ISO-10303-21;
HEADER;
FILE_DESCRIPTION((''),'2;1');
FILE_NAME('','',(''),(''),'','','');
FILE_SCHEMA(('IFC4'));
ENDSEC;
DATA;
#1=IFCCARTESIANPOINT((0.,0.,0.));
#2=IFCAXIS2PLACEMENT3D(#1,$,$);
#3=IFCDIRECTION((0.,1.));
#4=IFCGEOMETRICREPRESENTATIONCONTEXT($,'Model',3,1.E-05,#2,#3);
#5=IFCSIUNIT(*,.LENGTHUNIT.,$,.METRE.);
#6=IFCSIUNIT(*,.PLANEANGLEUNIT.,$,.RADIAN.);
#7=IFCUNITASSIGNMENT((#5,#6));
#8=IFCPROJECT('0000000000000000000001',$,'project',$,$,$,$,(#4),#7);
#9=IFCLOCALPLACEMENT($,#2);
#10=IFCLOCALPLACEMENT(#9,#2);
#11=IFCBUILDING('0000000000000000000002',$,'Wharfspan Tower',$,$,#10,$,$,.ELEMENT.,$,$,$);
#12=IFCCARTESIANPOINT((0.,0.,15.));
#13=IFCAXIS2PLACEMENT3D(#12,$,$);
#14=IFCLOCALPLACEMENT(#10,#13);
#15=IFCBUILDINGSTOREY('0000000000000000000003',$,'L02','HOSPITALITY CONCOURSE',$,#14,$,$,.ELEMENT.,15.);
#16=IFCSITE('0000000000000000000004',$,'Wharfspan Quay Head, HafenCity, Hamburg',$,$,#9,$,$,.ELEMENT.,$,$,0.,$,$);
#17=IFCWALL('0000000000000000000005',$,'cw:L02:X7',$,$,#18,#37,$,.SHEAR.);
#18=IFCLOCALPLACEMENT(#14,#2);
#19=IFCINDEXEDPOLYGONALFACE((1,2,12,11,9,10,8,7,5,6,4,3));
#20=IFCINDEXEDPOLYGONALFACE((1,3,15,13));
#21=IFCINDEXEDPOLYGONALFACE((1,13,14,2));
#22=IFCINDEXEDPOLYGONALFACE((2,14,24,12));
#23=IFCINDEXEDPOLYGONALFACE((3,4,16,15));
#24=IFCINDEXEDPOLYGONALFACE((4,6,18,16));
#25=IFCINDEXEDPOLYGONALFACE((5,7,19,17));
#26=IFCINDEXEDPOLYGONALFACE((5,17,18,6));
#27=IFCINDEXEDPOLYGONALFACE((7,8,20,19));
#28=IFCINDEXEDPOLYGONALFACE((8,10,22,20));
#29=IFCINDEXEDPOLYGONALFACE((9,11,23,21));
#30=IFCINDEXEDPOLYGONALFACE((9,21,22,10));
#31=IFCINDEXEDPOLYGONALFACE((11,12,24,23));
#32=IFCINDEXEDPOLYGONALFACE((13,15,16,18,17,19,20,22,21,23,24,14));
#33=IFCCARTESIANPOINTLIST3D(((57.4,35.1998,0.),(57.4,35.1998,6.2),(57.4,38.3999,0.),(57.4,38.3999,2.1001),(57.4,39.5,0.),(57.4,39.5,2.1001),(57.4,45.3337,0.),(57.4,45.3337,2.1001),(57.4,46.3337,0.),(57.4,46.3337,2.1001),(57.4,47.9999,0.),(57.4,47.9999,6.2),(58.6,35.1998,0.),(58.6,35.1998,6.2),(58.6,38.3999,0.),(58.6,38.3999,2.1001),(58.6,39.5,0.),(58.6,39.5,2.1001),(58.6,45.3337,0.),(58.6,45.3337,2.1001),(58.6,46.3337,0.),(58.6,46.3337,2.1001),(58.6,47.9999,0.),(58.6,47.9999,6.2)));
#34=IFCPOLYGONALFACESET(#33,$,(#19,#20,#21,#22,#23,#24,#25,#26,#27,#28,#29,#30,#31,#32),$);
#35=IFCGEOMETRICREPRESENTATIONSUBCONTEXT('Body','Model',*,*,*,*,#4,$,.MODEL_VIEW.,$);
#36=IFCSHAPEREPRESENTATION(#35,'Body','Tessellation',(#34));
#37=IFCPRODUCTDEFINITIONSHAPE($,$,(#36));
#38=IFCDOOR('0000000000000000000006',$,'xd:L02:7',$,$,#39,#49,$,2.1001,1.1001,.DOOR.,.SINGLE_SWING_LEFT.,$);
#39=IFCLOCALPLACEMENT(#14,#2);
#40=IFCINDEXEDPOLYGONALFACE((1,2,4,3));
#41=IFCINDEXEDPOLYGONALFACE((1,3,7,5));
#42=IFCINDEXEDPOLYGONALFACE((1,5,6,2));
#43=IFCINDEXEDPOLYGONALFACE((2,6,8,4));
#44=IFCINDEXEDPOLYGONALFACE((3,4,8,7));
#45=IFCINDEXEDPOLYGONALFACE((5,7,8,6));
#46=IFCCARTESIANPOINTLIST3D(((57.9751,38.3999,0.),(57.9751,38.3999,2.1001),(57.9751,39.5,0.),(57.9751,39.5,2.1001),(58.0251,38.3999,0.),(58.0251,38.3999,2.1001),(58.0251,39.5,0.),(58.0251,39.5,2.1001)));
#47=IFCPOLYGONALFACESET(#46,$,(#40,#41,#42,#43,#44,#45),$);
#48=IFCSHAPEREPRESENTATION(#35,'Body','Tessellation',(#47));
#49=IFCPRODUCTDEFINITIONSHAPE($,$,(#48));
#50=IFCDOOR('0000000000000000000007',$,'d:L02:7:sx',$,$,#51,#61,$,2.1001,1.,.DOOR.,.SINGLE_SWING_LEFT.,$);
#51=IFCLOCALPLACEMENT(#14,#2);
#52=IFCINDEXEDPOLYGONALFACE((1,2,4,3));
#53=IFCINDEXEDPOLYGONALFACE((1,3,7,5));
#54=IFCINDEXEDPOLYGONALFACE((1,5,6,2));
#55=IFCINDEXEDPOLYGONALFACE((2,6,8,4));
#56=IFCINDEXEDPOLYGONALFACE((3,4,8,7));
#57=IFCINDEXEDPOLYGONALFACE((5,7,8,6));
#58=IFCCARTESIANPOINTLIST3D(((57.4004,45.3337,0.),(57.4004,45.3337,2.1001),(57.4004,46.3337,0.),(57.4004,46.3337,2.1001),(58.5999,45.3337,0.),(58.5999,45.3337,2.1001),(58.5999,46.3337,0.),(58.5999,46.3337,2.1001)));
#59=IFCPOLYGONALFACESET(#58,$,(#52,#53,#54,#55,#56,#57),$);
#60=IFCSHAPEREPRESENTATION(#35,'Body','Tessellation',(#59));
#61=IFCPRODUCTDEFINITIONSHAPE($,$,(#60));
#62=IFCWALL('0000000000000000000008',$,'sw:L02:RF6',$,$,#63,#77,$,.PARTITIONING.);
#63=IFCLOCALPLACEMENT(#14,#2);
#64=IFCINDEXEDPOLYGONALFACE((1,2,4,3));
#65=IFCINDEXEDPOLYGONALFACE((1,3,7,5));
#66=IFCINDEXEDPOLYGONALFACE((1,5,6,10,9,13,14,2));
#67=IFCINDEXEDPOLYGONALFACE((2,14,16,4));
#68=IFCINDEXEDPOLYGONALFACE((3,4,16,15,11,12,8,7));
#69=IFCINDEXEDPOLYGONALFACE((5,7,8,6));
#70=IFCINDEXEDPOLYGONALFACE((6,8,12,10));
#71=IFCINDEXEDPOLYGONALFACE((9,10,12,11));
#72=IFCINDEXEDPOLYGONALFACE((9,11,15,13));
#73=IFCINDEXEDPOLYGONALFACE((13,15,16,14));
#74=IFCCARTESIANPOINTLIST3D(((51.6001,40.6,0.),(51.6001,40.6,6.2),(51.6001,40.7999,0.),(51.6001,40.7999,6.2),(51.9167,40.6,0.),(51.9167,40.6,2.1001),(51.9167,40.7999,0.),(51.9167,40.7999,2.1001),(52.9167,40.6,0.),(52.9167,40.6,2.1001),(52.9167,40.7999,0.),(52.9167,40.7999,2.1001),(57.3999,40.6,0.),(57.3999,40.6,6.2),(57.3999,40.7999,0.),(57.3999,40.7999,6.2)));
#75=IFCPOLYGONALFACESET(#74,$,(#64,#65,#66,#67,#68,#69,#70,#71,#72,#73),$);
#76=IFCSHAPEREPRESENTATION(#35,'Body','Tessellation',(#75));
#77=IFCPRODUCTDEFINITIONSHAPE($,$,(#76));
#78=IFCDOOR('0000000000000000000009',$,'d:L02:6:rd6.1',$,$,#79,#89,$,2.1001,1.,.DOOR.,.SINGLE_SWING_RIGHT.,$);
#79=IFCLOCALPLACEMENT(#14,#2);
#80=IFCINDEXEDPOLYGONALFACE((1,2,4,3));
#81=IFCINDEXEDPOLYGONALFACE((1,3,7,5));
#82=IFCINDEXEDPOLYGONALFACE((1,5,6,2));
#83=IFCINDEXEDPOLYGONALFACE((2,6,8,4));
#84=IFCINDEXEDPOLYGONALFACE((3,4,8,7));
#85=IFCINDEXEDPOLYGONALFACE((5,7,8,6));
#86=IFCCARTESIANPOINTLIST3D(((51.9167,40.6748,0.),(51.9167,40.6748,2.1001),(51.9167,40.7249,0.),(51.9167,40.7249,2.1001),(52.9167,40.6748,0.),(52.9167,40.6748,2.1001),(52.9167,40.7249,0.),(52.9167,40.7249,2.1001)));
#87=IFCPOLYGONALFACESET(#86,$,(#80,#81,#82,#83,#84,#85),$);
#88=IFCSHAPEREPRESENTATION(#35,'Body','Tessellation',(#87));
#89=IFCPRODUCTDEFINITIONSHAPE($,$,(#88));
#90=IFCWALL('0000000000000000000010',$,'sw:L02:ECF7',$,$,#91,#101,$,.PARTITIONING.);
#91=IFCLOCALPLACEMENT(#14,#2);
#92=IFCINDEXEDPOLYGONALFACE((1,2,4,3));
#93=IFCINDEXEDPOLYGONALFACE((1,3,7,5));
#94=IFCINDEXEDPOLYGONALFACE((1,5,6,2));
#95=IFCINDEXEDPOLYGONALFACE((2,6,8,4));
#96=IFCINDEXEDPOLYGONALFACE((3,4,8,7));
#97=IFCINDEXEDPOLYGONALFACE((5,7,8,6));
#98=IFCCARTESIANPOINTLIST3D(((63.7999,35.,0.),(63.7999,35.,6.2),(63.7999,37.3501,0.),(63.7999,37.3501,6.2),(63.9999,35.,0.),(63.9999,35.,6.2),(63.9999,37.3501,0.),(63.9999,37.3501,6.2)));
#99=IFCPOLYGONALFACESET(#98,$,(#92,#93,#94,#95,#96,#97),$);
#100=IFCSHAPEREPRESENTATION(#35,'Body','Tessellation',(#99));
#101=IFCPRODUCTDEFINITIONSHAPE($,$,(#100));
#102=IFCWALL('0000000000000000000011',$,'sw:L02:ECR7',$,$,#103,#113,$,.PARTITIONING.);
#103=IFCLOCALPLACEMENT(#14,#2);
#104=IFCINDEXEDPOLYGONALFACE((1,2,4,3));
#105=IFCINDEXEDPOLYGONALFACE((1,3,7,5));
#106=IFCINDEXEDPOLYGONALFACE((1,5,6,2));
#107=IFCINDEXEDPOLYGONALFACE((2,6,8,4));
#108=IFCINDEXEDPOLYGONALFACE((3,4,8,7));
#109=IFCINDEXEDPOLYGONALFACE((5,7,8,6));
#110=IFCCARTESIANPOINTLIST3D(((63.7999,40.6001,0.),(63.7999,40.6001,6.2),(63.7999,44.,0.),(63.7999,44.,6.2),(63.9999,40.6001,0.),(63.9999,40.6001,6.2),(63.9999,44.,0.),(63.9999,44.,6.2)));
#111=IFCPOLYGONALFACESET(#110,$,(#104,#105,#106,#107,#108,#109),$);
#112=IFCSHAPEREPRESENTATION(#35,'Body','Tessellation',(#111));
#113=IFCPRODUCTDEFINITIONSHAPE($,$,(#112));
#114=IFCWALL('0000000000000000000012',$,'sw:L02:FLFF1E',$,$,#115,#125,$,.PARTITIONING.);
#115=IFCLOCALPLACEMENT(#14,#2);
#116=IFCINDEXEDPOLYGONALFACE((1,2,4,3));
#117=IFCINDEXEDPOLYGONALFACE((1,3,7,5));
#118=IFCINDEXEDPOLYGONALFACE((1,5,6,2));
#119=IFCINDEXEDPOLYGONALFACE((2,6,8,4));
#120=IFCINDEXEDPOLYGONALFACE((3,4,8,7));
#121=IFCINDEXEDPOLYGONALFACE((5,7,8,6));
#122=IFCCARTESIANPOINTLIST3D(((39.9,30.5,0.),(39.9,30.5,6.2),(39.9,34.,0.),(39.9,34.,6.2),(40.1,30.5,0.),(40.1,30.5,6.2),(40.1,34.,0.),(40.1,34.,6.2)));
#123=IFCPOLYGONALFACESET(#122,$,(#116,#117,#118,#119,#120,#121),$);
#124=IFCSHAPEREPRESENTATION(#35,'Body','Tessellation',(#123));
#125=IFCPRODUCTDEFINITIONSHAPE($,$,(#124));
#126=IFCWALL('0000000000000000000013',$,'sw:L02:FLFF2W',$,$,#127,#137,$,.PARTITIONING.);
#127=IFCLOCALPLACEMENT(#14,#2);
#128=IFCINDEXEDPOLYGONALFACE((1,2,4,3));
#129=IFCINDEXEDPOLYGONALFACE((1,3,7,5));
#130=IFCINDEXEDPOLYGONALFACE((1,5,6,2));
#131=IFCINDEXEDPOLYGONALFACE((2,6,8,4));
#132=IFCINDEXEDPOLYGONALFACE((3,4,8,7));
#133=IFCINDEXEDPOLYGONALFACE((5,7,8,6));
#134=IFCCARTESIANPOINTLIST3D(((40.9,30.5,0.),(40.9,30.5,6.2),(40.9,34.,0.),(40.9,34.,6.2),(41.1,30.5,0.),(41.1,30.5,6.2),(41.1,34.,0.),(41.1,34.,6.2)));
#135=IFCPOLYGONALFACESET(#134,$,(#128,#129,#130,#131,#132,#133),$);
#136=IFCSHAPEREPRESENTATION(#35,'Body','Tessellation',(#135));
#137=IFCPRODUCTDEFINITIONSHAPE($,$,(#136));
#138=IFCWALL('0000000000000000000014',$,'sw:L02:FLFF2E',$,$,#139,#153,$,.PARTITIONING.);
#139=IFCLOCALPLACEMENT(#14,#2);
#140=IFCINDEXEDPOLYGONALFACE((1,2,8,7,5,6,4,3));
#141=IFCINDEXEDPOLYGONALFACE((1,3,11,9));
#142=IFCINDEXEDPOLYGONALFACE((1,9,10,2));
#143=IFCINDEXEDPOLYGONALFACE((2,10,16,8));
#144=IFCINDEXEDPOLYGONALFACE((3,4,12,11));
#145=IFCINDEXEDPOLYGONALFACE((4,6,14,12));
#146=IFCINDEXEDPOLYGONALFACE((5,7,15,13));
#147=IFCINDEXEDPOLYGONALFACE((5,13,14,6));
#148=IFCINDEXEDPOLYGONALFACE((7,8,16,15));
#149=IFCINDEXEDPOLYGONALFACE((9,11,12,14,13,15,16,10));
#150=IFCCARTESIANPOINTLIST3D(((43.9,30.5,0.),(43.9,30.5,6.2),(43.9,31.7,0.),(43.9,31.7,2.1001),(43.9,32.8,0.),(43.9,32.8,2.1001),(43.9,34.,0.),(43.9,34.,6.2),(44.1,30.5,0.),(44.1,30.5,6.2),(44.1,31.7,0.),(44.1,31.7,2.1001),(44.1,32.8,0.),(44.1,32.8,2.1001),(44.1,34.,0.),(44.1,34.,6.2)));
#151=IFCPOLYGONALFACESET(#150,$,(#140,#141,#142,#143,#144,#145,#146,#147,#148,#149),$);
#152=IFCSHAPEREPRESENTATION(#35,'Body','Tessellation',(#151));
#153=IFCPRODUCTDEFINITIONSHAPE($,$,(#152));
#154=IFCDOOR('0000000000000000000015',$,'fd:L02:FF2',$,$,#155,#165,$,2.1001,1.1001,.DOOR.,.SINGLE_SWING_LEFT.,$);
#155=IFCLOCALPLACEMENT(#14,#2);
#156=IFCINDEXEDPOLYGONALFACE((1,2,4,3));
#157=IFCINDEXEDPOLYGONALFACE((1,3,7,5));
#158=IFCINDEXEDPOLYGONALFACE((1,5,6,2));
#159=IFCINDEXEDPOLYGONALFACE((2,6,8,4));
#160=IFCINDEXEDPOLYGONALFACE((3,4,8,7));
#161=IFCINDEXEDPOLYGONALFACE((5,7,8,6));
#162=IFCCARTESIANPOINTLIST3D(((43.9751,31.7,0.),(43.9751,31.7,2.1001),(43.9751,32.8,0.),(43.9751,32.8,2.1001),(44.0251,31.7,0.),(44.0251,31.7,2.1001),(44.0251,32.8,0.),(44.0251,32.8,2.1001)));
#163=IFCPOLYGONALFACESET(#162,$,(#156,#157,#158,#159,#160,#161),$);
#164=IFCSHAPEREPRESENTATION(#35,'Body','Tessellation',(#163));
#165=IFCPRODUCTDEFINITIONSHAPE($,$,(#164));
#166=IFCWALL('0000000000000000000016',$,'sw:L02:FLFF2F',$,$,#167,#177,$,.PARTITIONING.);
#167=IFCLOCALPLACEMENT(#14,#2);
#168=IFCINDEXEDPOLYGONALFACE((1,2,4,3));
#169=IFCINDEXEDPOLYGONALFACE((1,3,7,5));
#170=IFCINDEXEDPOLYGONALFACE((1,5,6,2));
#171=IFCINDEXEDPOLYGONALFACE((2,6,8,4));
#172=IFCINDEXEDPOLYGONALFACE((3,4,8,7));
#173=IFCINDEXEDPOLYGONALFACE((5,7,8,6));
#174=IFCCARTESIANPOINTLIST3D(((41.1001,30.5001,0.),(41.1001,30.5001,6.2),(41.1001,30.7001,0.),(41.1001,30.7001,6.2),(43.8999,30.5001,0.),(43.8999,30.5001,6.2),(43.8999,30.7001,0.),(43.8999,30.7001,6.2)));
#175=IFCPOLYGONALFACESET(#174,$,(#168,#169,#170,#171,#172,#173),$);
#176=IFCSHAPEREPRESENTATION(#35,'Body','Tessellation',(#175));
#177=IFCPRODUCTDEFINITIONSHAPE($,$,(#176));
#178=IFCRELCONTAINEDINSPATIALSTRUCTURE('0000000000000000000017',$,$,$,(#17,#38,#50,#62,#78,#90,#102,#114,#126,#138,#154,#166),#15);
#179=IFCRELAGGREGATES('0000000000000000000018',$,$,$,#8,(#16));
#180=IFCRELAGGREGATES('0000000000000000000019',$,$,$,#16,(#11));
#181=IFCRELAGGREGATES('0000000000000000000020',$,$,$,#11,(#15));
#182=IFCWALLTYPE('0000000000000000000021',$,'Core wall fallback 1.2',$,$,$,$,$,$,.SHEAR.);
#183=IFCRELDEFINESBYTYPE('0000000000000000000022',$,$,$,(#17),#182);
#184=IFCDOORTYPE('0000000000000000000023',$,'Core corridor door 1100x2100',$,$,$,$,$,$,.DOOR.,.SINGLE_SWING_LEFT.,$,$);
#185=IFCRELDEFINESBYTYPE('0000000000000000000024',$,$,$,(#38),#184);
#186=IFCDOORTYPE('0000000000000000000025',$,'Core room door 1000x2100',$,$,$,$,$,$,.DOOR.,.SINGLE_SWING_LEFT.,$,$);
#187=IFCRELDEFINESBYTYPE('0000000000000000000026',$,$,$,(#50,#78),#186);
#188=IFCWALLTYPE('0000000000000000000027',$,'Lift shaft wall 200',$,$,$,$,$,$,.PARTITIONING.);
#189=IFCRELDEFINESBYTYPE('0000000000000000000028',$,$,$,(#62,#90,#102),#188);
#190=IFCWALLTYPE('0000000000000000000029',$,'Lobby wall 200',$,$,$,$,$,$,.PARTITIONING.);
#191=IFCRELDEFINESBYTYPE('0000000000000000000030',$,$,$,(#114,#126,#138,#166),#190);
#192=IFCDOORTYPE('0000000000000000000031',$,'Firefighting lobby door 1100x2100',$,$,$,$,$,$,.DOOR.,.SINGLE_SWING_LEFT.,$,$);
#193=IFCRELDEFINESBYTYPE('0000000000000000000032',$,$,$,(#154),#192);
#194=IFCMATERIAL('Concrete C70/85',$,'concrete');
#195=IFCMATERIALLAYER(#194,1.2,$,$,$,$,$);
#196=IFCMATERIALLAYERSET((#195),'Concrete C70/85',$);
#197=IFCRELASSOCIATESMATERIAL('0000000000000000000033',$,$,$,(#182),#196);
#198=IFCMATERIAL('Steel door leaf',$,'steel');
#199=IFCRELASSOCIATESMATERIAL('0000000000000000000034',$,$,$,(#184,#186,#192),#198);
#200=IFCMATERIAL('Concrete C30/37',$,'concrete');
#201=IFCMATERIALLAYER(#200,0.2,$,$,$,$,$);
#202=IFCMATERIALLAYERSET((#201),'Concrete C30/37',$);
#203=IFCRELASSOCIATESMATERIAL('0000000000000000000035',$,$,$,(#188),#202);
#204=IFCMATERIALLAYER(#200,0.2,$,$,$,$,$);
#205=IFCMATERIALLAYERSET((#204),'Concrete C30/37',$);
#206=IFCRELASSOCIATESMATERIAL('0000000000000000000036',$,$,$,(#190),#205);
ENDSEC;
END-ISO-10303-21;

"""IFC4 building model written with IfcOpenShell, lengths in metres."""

from ifc_helpers import new_model, si_unit, direction, frame, frame_2d, origin, place, context, subcontext, project, spatial, rectangle, extrude, material, layer, layer_set, type_object, element, fill, save


model = new_model("IFC4")

# Units and contexts
model_context = context("Model", 3, precision=1e-05, world=origin(), true_north=direction((0.0, 1.0)))
body_context = subcontext(model_context, "Body", "Model", "MODEL_VIEW")
ifc_project = project(units=[si_unit("LENGTHUNIT", "METRE"), si_unit("PLANEANGLEUNIT", "RADIAN")], contexts=[model_context])

# Site, building, storey
site_placement = place(None, origin())
site = spatial("IfcSite", under=ifc_project, at=site_placement, Name="Wharfspan Quay Head, HafenCity, Hamburg", CompositionType="ELEMENT", RefElevation=0.0)
building_placement = place(site_placement, origin())
building = spatial("IfcBuilding", under=site, at=building_placement, Name="Wharfspan Tower", CompositionType="ELEMENT")
storey_placement = place(building_placement, frame((0.0, 0.0, 15.0)))
storey = spatial("IfcBuildingStorey", under=building, at=storey_placement, Name="L02", Description="HOSPITALITY CONCOURSE", CompositionType="ELEMENT", Elevation=15.0)

# Shared definitions
ifc_material_1 = material(Name="Concrete C70/85", Category="concrete")
ifc_layer_1 = layer(ifc_material_1, 1.2)
ifc_layer_set_1 = layer_set([ifc_layer_1], Name="Concrete C70/85")
wall_type_1 = type_object("IfcWallType", Name="Core wall fallback 1.2", PredefinedType="SHEAR", material=ifc_layer_set_1)
ifc_material_2 = material(Name="Steel door leaf", Category="steel")
door_type_1 = type_object("IfcDoorType", Name="Core corridor door 1100x2100", OperationType="SINGLE_SWING_LEFT", PredefinedType="DOOR", material=ifc_material_2)
door_type_2 = type_object("IfcDoorType", Name="Core room door 1000x2100", OperationType="SINGLE_SWING_LEFT", PredefinedType="DOOR", material=ifc_material_2)

# Wall, openings, doors
wall_1_placement = place(storey_placement, frame((58.0, 35.2, 0.0), z_axis=(0.0, 0.0, 1.0), x_axis=(0.0, 1.0, 0.0)))
wall_1 = element("IfcWall", 1, at=wall_1_placement, inside=storey, type_object=wall_type_1, Name="cw:L02:X7", PredefinedType="SHEAR", context=body_context, shape_type="SweptSolid", body=[
    extrude(rectangle(XDim=12.8, YDim=1.2, at=frame_2d((6.3999, 0.0))), origin(), (0.0, 0.0, 1.0), 6.2),
])
opening_1_placement = place(wall_1_placement, frame((10.1338, 0.0, 0.0)))
opening_1 = element("IfcOpeningElement", 2, at=opening_1_placement, cuts=wall_1, PredefinedType="OPENING", context=body_context, shape_type="SweptSolid", body=[
    extrude(rectangle(XDim=1.0, YDim=2.1001, at=frame_2d((0.5, 1.05))), frame((0.0, 0.6099, 0.0), z_axis=(0.0, -1.0, 0.0), x_axis=(1.0, 0.0, 0.0)), (0.0, 0.0, 1.0), 1.22),
])
opening_2_placement = place(wall_1_placement, frame((3.2, 0.0, 0.0)))
opening_2 = element("IfcOpeningElement", 3, at=opening_2_placement, cuts=wall_1, PredefinedType="OPENING", context=body_context, shape_type="SweptSolid", body=[
    extrude(rectangle(XDim=1.1001, YDim=2.1001, at=frame_2d((0.55, 1.05))), frame((0.0, 0.6099, 0.0), z_axis=(0.0, -1.0, 0.0), x_axis=(1.0, 0.0, 0.0)), (0.0, 0.0, 1.0), 1.22),
])
door_1_placement = place(opening_2_placement, origin())
door_1 = element("IfcDoor", 4, at=door_1_placement, inside=storey, type_object=door_type_1, Name="xd:L02:7", OperationType="SINGLE_SWING_LEFT", OverallHeight=2.1001, OverallWidth=1.1001, PredefinedType="DOOR", context=body_context, shape_type="SweptSolid", body=[
    extrude(rectangle(XDim=1.1001, YDim=2.1001, at=frame_2d((0.55, 1.05))), frame((0.0, 0.0249, 0.0), z_axis=(0.0, -1.0, 0.0), x_axis=(1.0, 0.0, 0.0)), (0.0, 0.0, 1.0), 0.05),
])
fill(opening_2, door_1)
door_2_placement = place(opening_1_placement, origin())
door_2 = element("IfcDoor", 5, at=door_2_placement, inside=storey, type_object=door_type_2, Name="d:L02:7:sx", OperationType="SINGLE_SWING_LEFT", OverallHeight=2.1001, OverallWidth=1.0, PredefinedType="DOOR", context=body_context, shape_type="SweptSolid", body=[
    extrude(rectangle(XDim=1.0, YDim=2.1001, at=frame_2d((0.5, 1.05))), frame((0.0, 0.5996, 0.0), z_axis=(0.0, -1.0, 0.0), x_axis=(1.0, 0.0, 0.0)), (0.0, 0.0, 1.0), 1.1995),
])
fill(opening_1, door_2)

# Wall, opening, door
ifc_material_3 = material(Name="Concrete C30/37", Category="concrete")
ifc_layer_2 = layer(ifc_material_3, 0.2)
ifc_layer_set_2 = layer_set([ifc_layer_2], Name="Concrete C30/37")
wall_type_2 = type_object("IfcWallType", Name="Lift shaft wall 200", PredefinedType="PARTITIONING", material=ifc_layer_set_2)
wall_2_placement = place(storey_placement, frame((51.6001, 40.7, 0.0), z_axis=(0.0, 0.0, 1.0), x_axis=(1.0, 0.0, 0.0)))
wall_2 = element("IfcWall", 6, at=wall_2_placement, inside=storey, type_object=wall_type_2, Name="sw:L02:RF6", PredefinedType="PARTITIONING", context=body_context, shape_type="SweptSolid", body=[
    extrude(rectangle(XDim=5.7998, YDim=0.2, at=frame_2d((2.8999, 0.0))), origin(), (0.0, 0.0, 1.0), 6.2),
])
opening_3_placement = place(wall_2_placement, frame((0.3166, 0.0, 0.0)))
opening_3 = element("IfcOpeningElement", 7, at=opening_3_placement, cuts=wall_2, PredefinedType="OPENING", context=body_context, shape_type="SweptSolid", body=[
    extrude(rectangle(XDim=1.0, YDim=2.1001, at=frame_2d((0.5, 1.05))), frame((0.0, 0.1099, 0.0), z_axis=(0.0, -1.0, 0.0), x_axis=(1.0, 0.0, 0.0)), (0.0, 0.0, 1.0), 0.22),
])
door_3_placement = place(opening_3_placement, origin())
door_3 = element("IfcDoor", 8, at=door_3_placement, inside=storey, type_object=door_type_2, Name="d:L02:6:rd6.1", OperationType="SINGLE_SWING_RIGHT", OverallHeight=2.1001, OverallWidth=1.0, PredefinedType="DOOR", context=body_context, shape_type="SweptSolid", body=[
    extrude(rectangle(XDim=1.0, YDim=2.1001, at=frame_2d((0.5, 1.05))), frame((0.0, 0.0249, 0.0), z_axis=(0.0, -1.0, 0.0), x_axis=(1.0, 0.0, 0.0)), (0.0, 0.0, 1.0), 0.05),
])
fill(opening_3, door_3)

# Walls
wall_3_placement = place(storey_placement, frame((63.8999, 35.0, 0.0), z_axis=(0.0, 0.0, 1.0), x_axis=(0.0, 1.0, 0.0)))
element("IfcWall", 9, at=wall_3_placement, inside=storey, type_object=wall_type_2, Name="sw:L02:ECF7", PredefinedType="PARTITIONING", context=body_context, shape_type="SweptSolid", body=[
    extrude(rectangle(XDim=2.3501, YDim=0.2, at=frame_2d((1.175, 0.0))), origin(), (0.0, 0.0, 1.0), 6.2),
])
wall_4_placement = place(storey_placement, frame((63.8999, 40.6001, 0.0), z_axis=(0.0, 0.0, 1.0), x_axis=(0.0, 1.0, 0.0)))
element("IfcWall", 10, at=wall_4_placement, inside=storey, type_object=wall_type_2, Name="sw:L02:ECR7", PredefinedType="PARTITIONING", context=body_context, shape_type="SweptSolid", body=[
    extrude(rectangle(XDim=3.3999, YDim=0.2, at=frame_2d((1.7, 0.0))), origin(), (0.0, 0.0, 1.0), 6.2),
])
ifc_layer_3 = layer(ifc_material_3, 0.2)
ifc_layer_set_3 = layer_set([ifc_layer_3], Name="Concrete C30/37")
wall_type_3 = type_object("IfcWallType", Name="Lobby wall 200", PredefinedType="PARTITIONING", material=ifc_layer_set_3)
for number, where, z_axis, x_axis, name in (
    (11, (40.0, 30.5, 0.0), (0.0, 0.0, 1.0), (0.0, 1.0, 0.0), "sw:L02:FLFF1E"),
    (12, (41.0, 30.5, 0.0), (0.0, 0.0, 1.0), (0.0, 1.0, 0.0), "sw:L02:FLFF2W"),
):
    element("IfcWall", number, at=place(storey_placement, frame(where, z_axis=z_axis, x_axis=x_axis)), inside=storey, type_object=wall_type_3, Name=name, PredefinedType="PARTITIONING", context=body_context, shape_type="SweptSolid", body=[
        extrude(rectangle(XDim=3.5, YDim=0.2, at=frame_2d((1.75, 0.0))), origin(), (0.0, 0.0, 1.0), 6.2),
    ])

# Wall, opening, door
wall_5_placement = place(storey_placement, frame((44.0, 30.5, 0.0), z_axis=(0.0, 0.0, 1.0), x_axis=(0.0, 1.0, 0.0)))
wall_5 = element("IfcWall", 13, at=wall_5_placement, inside=storey, type_object=wall_type_3, Name="sw:L02:FLFF2E", PredefinedType="PARTITIONING", context=body_context, shape_type="SweptSolid", body=[
    extrude(rectangle(XDim=3.5, YDim=0.2, at=frame_2d((1.75, 0.0))), origin(), (0.0, 0.0, 1.0), 6.2),
])
opening_4_placement = place(wall_5_placement, frame((1.2, 0.0, 0.0)))
opening_4 = element("IfcOpeningElement", 14, at=opening_4_placement, cuts=wall_5, PredefinedType="OPENING", context=body_context, shape_type="SweptSolid", body=[
    extrude(rectangle(XDim=1.1001, YDim=2.1001, at=frame_2d((0.55, 1.05))), frame((0.0, 0.1099, 0.0), z_axis=(0.0, -1.0, 0.0), x_axis=(1.0, 0.0, 0.0)), (0.0, 0.0, 1.0), 0.22),
])
door_type_3 = type_object("IfcDoorType", Name="Firefighting lobby door 1100x2100", OperationType="SINGLE_SWING_LEFT", PredefinedType="DOOR", material=ifc_material_2)
door_4_placement = place(opening_4_placement, origin())
door_4 = element("IfcDoor", 15, at=door_4_placement, inside=storey, type_object=door_type_3, Name="fd:L02:FF2", OperationType="SINGLE_SWING_LEFT", OverallHeight=2.1001, OverallWidth=1.1001, PredefinedType="DOOR", context=body_context, shape_type="SweptSolid", body=[
    extrude(rectangle(XDim=1.1001, YDim=2.1001, at=frame_2d((0.55, 1.05))), frame((0.0, 0.0249, 0.0), z_axis=(0.0, -1.0, 0.0), x_axis=(1.0, 0.0, 0.0)), (0.0, 0.0, 1.0), 0.05),
])
fill(opening_4, door_4)

# Wall
wall_6_placement = place(storey_placement, frame((41.1001, 30.6001, 0.0), z_axis=(0.0, 0.0, 1.0), x_axis=(1.0, 0.0, 0.0)))
element("IfcWall", 16, at=wall_6_placement, inside=storey, type_object=wall_type_3, Name="sw:L02:FLFF2F", PredefinedType="PARTITIONING", context=body_context, shape_type="SweptSolid", body=[
    extrude(rectangle(XDim=2.7998, YDim=0.2, at=frame_2d((1.3999, 0.0))), origin(), (0.0, 0.0, 1.0), 6.2),
])

save(model, "model.ifc")
